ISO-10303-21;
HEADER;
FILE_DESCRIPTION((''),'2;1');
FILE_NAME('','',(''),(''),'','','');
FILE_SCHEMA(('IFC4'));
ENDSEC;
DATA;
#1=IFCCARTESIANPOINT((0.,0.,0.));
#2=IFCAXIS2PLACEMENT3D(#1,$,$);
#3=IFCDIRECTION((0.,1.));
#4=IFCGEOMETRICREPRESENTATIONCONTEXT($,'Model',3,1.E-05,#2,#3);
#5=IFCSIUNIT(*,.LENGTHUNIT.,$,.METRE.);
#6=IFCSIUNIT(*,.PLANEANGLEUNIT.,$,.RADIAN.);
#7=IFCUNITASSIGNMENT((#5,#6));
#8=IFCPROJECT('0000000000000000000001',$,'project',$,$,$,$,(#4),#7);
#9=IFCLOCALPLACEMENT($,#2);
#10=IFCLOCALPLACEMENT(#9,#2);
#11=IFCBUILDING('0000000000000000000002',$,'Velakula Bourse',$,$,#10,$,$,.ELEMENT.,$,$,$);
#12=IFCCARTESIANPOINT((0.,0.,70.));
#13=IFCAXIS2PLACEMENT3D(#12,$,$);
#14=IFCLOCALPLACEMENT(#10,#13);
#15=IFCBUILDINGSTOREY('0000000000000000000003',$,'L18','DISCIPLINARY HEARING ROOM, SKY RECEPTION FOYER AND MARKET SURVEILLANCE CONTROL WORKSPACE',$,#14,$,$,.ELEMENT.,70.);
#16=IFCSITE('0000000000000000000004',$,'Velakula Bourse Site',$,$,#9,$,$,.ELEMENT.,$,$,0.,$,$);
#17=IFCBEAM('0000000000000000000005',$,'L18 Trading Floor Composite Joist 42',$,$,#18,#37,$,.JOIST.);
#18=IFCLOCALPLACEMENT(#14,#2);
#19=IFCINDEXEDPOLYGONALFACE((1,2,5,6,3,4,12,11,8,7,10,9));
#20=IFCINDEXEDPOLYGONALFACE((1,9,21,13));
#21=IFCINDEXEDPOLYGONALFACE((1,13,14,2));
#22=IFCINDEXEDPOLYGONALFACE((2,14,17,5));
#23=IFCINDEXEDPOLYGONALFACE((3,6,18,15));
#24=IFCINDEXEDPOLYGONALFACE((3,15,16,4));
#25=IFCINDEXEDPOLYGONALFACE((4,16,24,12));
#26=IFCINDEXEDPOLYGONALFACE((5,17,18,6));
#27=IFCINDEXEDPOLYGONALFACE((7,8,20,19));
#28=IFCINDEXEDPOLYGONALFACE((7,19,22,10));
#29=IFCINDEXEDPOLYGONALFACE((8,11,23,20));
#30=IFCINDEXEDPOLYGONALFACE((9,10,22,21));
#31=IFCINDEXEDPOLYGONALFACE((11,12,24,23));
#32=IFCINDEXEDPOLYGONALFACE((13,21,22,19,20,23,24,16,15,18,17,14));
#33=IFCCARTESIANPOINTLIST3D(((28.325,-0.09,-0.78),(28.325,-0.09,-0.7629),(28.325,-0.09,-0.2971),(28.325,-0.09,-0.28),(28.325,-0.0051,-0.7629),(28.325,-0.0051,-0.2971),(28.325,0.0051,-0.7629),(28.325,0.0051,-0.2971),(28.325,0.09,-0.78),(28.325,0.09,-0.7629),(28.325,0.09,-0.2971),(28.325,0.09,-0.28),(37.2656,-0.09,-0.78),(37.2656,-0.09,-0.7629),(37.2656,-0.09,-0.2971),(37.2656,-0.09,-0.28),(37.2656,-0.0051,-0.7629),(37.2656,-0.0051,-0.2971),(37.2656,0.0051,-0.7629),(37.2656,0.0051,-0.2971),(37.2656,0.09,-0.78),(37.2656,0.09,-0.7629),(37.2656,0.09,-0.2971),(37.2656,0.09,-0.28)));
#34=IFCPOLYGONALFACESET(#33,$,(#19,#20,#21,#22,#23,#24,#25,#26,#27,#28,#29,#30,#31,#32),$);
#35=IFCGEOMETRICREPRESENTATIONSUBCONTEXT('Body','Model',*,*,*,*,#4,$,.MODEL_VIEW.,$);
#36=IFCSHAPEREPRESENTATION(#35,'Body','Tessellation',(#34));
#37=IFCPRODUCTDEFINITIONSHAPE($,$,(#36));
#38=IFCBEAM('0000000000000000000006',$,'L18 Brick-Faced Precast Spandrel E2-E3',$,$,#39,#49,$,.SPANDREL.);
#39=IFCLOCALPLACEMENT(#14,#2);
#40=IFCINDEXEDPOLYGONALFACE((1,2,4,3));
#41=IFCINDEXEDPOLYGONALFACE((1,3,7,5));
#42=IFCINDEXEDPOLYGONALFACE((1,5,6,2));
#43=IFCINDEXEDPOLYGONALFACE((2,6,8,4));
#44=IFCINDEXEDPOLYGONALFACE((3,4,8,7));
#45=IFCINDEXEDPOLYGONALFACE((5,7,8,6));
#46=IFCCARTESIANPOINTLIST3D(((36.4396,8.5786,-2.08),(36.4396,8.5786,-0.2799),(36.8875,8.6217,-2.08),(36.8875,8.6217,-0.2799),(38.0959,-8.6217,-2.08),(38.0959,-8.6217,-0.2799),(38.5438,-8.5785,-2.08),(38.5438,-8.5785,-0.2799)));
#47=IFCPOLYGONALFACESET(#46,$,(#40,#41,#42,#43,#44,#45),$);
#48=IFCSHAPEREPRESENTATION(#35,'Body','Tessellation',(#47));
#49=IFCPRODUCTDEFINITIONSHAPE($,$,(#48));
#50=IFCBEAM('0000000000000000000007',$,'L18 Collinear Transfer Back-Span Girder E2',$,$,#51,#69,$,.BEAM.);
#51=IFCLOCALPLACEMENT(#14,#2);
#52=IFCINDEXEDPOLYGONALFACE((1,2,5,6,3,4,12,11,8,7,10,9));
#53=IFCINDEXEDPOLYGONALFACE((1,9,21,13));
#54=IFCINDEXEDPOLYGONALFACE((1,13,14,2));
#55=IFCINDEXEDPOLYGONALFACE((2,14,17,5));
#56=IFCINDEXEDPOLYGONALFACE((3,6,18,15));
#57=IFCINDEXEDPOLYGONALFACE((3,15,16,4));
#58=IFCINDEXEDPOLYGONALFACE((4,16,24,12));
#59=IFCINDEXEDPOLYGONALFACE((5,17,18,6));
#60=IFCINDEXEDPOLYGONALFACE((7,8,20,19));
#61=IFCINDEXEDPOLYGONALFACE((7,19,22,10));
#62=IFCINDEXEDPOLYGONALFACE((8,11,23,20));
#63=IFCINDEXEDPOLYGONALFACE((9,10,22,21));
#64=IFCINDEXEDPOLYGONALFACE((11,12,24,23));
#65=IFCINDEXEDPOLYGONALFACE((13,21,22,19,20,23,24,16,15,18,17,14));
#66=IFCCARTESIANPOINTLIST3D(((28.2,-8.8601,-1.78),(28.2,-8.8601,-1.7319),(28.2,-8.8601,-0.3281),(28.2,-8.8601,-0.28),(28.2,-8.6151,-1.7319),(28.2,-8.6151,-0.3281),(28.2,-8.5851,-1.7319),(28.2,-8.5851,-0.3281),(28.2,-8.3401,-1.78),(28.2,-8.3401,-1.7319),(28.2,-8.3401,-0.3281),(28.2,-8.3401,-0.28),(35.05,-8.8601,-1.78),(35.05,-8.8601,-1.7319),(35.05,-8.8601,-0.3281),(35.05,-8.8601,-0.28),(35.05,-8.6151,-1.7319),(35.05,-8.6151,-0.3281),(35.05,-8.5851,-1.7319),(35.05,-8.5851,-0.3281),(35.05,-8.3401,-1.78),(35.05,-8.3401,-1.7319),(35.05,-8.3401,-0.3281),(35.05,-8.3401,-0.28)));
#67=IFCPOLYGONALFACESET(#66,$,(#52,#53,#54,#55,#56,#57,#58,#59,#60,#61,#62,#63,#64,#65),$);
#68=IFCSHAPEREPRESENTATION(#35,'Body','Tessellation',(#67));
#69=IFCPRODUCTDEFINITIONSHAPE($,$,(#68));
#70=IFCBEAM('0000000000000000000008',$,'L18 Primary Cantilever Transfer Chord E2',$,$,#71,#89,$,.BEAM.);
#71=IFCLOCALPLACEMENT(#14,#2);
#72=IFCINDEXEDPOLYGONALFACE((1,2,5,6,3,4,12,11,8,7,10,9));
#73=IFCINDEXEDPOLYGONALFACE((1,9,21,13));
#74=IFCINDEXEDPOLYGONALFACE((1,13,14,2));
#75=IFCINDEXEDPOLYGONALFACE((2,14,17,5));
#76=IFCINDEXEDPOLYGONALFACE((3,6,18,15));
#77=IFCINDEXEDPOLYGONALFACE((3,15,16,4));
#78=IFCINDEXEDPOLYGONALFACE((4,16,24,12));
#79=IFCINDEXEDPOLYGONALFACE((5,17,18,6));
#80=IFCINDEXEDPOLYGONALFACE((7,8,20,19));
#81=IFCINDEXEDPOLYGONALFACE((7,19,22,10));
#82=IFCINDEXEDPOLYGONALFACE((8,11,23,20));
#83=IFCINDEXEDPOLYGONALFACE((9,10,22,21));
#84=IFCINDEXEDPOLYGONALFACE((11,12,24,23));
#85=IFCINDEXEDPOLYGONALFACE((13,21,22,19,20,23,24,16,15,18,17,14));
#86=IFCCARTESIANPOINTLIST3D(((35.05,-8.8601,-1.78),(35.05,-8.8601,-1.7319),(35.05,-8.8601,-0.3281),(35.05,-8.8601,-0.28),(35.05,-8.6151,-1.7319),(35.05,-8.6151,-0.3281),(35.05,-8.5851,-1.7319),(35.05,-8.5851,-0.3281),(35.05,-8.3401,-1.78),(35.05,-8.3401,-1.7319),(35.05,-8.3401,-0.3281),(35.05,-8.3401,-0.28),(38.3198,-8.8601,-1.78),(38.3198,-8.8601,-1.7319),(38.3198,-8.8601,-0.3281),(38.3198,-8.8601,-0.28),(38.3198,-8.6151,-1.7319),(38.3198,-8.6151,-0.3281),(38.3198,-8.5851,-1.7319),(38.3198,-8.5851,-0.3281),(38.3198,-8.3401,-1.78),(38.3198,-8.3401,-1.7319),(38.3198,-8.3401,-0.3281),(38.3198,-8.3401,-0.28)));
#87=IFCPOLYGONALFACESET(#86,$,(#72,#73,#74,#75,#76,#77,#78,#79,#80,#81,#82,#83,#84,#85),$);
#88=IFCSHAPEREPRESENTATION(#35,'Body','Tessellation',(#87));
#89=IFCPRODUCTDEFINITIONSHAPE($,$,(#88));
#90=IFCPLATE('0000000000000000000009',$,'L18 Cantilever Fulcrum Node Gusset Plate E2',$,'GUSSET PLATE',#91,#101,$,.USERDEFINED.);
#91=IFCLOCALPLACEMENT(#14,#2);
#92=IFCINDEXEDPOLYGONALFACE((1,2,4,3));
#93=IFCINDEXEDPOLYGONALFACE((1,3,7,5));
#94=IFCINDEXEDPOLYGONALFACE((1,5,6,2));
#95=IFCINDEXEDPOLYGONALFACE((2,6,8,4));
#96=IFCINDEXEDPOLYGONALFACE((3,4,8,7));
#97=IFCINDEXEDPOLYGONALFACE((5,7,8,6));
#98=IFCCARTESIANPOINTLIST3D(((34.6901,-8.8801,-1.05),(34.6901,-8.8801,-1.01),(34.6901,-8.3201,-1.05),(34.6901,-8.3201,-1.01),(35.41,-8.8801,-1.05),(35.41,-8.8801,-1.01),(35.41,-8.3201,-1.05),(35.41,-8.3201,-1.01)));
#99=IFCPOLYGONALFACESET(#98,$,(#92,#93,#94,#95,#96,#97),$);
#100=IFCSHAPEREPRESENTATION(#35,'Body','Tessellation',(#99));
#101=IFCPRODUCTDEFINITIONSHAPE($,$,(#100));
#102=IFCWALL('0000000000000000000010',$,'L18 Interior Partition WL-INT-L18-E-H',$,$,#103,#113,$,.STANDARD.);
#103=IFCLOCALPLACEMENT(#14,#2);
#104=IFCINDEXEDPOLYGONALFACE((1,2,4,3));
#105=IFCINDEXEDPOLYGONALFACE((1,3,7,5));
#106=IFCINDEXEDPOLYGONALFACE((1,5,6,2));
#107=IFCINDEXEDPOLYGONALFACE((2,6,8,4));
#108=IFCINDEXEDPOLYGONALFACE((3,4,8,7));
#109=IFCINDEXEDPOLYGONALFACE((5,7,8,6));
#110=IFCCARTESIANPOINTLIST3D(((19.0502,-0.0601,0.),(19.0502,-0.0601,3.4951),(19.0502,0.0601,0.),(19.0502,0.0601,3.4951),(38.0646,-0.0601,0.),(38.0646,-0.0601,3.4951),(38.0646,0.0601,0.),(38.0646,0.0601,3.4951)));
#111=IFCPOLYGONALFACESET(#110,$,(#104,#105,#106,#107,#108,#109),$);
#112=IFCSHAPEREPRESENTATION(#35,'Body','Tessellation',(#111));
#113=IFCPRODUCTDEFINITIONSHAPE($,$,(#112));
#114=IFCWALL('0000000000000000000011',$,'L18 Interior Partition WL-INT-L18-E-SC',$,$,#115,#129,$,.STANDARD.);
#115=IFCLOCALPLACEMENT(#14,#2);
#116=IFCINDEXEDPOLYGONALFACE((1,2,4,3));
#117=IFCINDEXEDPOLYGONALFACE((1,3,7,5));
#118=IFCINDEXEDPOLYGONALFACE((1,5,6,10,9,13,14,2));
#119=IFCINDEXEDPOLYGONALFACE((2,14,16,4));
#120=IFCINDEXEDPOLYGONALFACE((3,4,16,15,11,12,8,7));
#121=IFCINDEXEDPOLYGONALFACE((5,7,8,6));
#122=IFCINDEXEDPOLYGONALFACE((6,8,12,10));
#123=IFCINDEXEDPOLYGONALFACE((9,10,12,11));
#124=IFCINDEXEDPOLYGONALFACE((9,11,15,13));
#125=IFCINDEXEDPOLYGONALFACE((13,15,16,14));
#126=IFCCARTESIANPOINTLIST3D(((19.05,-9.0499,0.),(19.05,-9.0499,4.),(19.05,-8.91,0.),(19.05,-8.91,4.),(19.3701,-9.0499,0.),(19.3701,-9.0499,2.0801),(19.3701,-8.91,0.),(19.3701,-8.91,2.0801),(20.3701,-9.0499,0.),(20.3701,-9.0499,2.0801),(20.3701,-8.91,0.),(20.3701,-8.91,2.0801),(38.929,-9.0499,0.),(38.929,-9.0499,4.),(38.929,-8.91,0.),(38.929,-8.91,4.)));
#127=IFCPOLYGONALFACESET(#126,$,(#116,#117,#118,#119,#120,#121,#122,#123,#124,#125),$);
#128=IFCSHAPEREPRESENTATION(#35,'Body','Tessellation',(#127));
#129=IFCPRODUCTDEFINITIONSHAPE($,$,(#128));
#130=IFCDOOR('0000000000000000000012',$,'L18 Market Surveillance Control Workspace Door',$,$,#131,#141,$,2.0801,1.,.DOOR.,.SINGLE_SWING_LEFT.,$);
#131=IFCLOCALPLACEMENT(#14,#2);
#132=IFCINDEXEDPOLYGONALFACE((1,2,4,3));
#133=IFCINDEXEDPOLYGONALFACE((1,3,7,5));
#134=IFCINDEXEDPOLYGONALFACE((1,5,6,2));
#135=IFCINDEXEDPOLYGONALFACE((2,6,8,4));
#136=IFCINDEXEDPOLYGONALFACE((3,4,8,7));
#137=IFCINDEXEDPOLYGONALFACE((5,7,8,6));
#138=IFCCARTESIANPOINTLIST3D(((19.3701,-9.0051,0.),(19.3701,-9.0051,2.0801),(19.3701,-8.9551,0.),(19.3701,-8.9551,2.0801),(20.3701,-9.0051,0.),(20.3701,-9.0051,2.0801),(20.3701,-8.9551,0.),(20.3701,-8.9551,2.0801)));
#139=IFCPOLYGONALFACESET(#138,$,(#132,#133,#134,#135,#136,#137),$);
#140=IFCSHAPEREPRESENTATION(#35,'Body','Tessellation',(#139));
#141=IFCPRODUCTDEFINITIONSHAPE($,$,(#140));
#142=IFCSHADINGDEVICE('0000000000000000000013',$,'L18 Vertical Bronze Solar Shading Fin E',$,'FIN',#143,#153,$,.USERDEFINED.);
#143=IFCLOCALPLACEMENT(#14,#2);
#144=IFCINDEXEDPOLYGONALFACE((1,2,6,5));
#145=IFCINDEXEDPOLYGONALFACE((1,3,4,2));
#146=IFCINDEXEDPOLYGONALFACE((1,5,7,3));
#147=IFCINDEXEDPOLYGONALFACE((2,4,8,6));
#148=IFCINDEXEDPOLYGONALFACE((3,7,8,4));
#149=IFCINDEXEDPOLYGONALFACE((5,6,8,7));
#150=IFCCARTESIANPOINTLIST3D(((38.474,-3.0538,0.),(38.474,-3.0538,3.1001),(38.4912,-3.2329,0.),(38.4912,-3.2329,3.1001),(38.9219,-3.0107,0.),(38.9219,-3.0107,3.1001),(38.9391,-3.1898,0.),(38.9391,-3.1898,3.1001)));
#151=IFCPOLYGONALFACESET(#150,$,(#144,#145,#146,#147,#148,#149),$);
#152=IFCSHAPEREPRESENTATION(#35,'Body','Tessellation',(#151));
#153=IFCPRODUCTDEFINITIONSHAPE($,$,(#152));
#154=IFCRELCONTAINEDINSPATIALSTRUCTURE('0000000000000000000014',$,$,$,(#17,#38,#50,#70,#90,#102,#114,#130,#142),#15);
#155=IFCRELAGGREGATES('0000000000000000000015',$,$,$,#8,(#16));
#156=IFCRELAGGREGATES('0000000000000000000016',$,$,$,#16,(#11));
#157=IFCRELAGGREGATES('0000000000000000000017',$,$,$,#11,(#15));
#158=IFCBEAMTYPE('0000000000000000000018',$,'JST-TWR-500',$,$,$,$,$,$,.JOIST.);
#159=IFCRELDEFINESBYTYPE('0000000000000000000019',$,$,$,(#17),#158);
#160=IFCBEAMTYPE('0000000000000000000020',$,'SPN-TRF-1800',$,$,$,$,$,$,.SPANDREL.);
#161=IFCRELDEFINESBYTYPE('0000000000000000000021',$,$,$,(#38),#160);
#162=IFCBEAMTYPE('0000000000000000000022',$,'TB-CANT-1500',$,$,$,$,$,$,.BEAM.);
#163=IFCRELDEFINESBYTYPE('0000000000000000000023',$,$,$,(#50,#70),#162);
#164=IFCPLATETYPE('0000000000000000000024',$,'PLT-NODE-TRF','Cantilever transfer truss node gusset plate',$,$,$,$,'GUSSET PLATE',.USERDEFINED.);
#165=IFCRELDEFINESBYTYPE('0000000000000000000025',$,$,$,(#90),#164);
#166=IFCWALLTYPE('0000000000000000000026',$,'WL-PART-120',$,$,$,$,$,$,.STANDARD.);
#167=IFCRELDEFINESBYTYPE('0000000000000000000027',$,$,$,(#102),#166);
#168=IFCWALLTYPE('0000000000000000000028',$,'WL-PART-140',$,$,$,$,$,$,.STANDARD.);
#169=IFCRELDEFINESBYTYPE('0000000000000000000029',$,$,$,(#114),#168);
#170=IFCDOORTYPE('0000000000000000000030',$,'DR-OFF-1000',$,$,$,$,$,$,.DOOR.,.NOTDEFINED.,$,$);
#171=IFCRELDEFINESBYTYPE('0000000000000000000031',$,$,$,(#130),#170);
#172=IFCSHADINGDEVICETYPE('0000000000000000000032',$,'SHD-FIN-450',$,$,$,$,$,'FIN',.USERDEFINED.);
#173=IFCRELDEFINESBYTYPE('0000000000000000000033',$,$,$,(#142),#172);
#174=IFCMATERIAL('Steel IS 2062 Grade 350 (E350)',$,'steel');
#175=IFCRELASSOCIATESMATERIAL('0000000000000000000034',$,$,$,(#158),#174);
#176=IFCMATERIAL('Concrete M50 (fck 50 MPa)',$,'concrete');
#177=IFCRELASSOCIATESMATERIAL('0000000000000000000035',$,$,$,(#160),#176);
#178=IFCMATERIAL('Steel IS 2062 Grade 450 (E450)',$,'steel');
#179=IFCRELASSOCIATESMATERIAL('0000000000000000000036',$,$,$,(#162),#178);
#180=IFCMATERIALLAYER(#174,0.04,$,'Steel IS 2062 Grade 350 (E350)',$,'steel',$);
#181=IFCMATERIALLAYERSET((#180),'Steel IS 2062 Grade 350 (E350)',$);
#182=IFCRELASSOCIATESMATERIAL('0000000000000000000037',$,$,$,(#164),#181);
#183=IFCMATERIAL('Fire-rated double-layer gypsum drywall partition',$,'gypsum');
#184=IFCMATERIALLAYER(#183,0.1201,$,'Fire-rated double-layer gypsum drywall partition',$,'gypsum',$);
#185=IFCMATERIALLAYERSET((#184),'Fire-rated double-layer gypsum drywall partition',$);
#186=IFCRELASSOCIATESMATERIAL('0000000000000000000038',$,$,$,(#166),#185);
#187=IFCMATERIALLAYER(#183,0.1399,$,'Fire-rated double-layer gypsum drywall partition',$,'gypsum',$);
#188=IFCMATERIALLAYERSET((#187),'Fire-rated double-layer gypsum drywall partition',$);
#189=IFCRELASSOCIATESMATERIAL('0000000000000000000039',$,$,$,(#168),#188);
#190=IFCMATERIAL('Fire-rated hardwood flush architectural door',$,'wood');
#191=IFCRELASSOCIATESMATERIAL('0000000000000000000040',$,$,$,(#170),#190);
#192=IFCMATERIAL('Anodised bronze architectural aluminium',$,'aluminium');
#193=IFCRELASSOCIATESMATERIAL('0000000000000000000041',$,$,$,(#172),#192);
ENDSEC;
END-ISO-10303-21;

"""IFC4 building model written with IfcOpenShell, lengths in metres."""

from ifc_helpers import new_model, si_unit, direction, frame, frame_2d, origin, origin_2d, place, context, subcontext, project, spatial, rectangle, i_section, extrude, material, layer, layer_set, material_profile, profile_set, type_object, element, fill, save


model = new_model("IFC4")

# Units and contexts
model_context = context("Model", 3, precision=1e-05, world=origin(), true_north=direction((0.0, 1.0)))
body_context = subcontext(model_context, "Body", "Model", "MODEL_VIEW")
ifc_project = project(units=[si_unit("LENGTHUNIT", "METRE"), si_unit("PLANEANGLEUNIT", "RADIAN")], contexts=[model_context])

# Site, building, storey
site_placement = place(None, origin())
site = spatial("IfcSite", under=ifc_project, at=site_placement, Name="Velakula Bourse Site", CompositionType="ELEMENT", RefElevation=0.0)
building_placement = place(site_placement, origin())
building = spatial("IfcBuilding", under=site, at=building_placement, Name="Velakula Bourse", CompositionType="ELEMENT")
storey_placement = place(building_placement, frame((0.0, 0.0, 70.0)))
storey = spatial("IfcBuildingStorey", under=building, at=storey_placement, Name="L18", Description="DISCIPLINARY HEARING ROOM, SKY RECEPTION FOYER AND MARKET SURVEILLANCE CONTROL WORKSPACE", CompositionType="ELEMENT", Elevation=70.0)

# Shared definitions
ifc_material_1 = material(Name="Steel IS 2062 Grade 450 (E450)", Category="steel")

# Beams
ifc_material_2 = material(Name="Steel IS 2062 Grade 350 (E350)", Category="steel")
ifc_material_profile_1 = material_profile(ifc_material_2, i_section(OverallWidth=0.1799, OverallDepth=0.5, WebThickness=0.0103, FlangeThickness=0.0171, at=origin_2d()), Name="Steel IS 2062 Grade 350 (E350)")
ifc_profile_set_1 = profile_set([ifc_material_profile_1], Name="Steel IS 2062 Grade 350 (E350)")
beam_type_1 = type_object("IfcBeamType", Name="JST-TWR-500", PredefinedType="JOIST", material=ifc_profile_set_1)
beam_1_placement = place(storey_placement, frame((28.325, 0.0, -0.53), z_axis=(1.0, 0.0, 0.0), x_axis=(0.0, 1.0, 0.0)))
element("IfcBeam", 1, at=beam_1_placement, inside=storey, type_object=beam_type_1, Name="L18 Trading Floor Composite Joist 42", PredefinedType="JOIST", context=body_context, shape_type="SweptSolid", body=[
    extrude(i_section(OverallWidth=0.1799, OverallDepth=0.5, WebThickness=0.0103, FlangeThickness=0.0171, at=origin_2d()), origin(), (0.0, 0.0, 1.0), 8.9407),
])
ifc_material_3 = material(Name="Concrete M50 (fck 50 MPa)", Category="concrete")
ifc_material_profile_2 = material_profile(ifc_material_3, rectangle(XDim=0.45, YDim=1.8, at=origin_2d()), Name="Concrete M50 (fck 50 MPa)")
ifc_profile_set_2 = profile_set([ifc_material_profile_2], Name="Concrete M50 (fck 50 MPa)")
beam_type_2 = type_object("IfcBeamType", Name="SPN-TRF-1800", PredefinedType="SPANDREL", material=ifc_profile_set_2)
beam_2_placement = place(storey_placement, frame((38.3198, -8.6001, -1.1799), z_axis=(-0.095849, 0.995396, 0.0), x_axis=(-0.995396, -0.095849, 0.0)))
element("IfcBeam", 2, at=beam_2_placement, inside=storey, type_object=beam_type_2, Name="L18 Brick-Faced Precast Spandrel E2-E3", PredefinedType="SPANDREL", context=body_context, shape_type="SweptSolid", body=[
    extrude(rectangle(XDim=0.45, YDim=1.8, at=origin_2d()), origin(), (0.0, 0.0, 1.0), 17.2798),
])
ifc_material_profile_3 = material_profile(ifc_material_1, i_section(OverallWidth=0.52, OverallDepth=1.5, WebThickness=0.03, FlangeThickness=0.0481, at=origin_2d()), Name="Steel IS 2062 Grade 450 (E450)")
ifc_profile_set_3 = profile_set([ifc_material_profile_3], Name="Steel IS 2062 Grade 450 (E450)")
beam_type_3 = type_object("IfcBeamType", Name="TB-CANT-1500", PredefinedType="BEAM", material=ifc_profile_set_3)
beam_3_placement = place(storey_placement, frame((28.2, -8.6001, -1.03), z_axis=(1.0, 0.0, 0.0), x_axis=(0.0, 1.0, 0.0)))
element("IfcBeam", 3, at=beam_3_placement, inside=storey, type_object=beam_type_3, Name="L18 Collinear Transfer Back-Span Girder E2", PredefinedType="BEAM", context=body_context, shape_type="SweptSolid", body=[
    extrude(i_section(OverallWidth=0.52, OverallDepth=1.5, WebThickness=0.03, FlangeThickness=0.0481, at=origin_2d()), origin(), (0.0, 0.0, 1.0), 6.8501),
])
beam_4_placement = place(storey_placement, frame((35.05, -8.6001, -1.03), z_axis=(1.0, 0.0, 0.0), x_axis=(0.0, 1.0, 0.0)))
element("IfcBeam", 4, at=beam_4_placement, inside=storey, type_object=beam_type_3, Name="L18 Primary Cantilever Transfer Chord E2", PredefinedType="BEAM", context=body_context, shape_type="SweptSolid", body=[
    extrude(i_section(OverallWidth=0.52, OverallDepth=1.5, WebThickness=0.03, FlangeThickness=0.0481, at=origin_2d()), origin(), (0.0, 0.0, 1.0), 3.2698),
])

# Plate
ifc_layer_1 = layer(ifc_material_2, 0.04, Name="Steel IS 2062 Grade 350 (E350)", Category="steel")
ifc_layer_set_1 = layer_set([ifc_layer_1], Name="Steel IS 2062 Grade 350 (E350)")
plate_type = type_object("IfcPlateType", Name="PLT-NODE-TRF", Description="Cantilever transfer truss node gusset plate", ElementType="GUSSET PLATE", PredefinedType="USERDEFINED", material=ifc_layer_set_1)
plate_placement = place(storey_placement, frame((35.05, -8.6001, -1.05), z_axis=(0.0, 0.0, 1.0), x_axis=(1.0, 0.0, 0.0)))
element("IfcPlate", 5, at=plate_placement, inside=storey, type_object=plate_type, Name="L18 Cantilever Fulcrum Node Gusset Plate E2", ObjectType="GUSSET PLATE", PredefinedType="USERDEFINED", context=body_context, shape_type="SweptSolid", body=[
    extrude(rectangle(XDim=0.72, YDim=0.5601, at=origin_2d()), origin(), (0.0, 0.0, 1.0), 0.04),
])

# Wall
ifc_material_4 = material(Name="Fire-rated double-layer gypsum drywall partition", Category="gypsum")
ifc_layer_2 = layer(ifc_material_4, 0.1201, Name="Fire-rated double-layer gypsum drywall partition", Category="gypsum")
ifc_layer_set_2 = layer_set([ifc_layer_2], Name="Fire-rated double-layer gypsum drywall partition")
wall_type_1 = type_object("IfcWallType", Name="WL-PART-120", PredefinedType="STANDARD", material=ifc_layer_set_2)
wall_1_placement = place(storey_placement, frame((19.05, 0.0, 0.0), z_axis=(0.0, 0.0, 1.0), x_axis=(1.0, 0.0, 0.0)))
element("IfcWall", 6, at=wall_1_placement, inside=storey, type_object=wall_type_1, Name="L18 Interior Partition WL-INT-L18-E-H", PredefinedType="STANDARD", context=body_context, shape_type="SweptSolid", body=[
    extrude(rectangle(XDim=19.0144, YDim=0.1201, at=frame_2d((9.5073, 0.0))), origin(), (0.0, 0.0, 1.0), 3.4951),
])

# Wall, opening, door
ifc_layer_3 = layer(ifc_material_4, 0.1399, Name="Fire-rated double-layer gypsum drywall partition", Category="gypsum")
ifc_layer_set_3 = layer_set([ifc_layer_3], Name="Fire-rated double-layer gypsum drywall partition")
wall_type_2 = type_object("IfcWallType", Name="WL-PART-140", PredefinedType="STANDARD", material=ifc_layer_set_3)
wall_2_placement = place(storey_placement, frame((19.05, -8.98, 0.0), z_axis=(0.0, 0.0, 1.0), x_axis=(1.0, 0.0, 0.0)))
wall_2 = element("IfcWall", 7, at=wall_2_placement, inside=storey, type_object=wall_type_2, Name="L18 Interior Partition WL-INT-L18-E-SC", PredefinedType="STANDARD", context=body_context, shape_type="SweptSolid", body=[
    extrude(rectangle(XDim=19.8789, YDim=0.1399, at=frame_2d((9.9395, 0.0))), origin(), (0.0, 0.0, 1.0), 4.0),
])
opening_placement = place(wall_2_placement, frame((0.3201, 0.0, 0.0)))
opening = element("IfcOpeningElement", 8, at=opening_placement, cuts=wall_2, PredefinedType="OPENING", context=body_context, shape_type="SweptSolid", body=[
    extrude(rectangle(XDim=1.0, YDim=2.0801, at=frame_2d((0.5, 1.04))), frame((0.0, 0.0798, 0.0), z_axis=(0.0, -1.0, 0.0), x_axis=(1.0, 0.0, 0.0)), (0.0, 0.0, 1.0), 0.1599),
])
ifc_material_5 = material(Name="Fire-rated hardwood flush architectural door", Category="wood")
door_type = type_object("IfcDoorType", Name="DR-OFF-1000", OperationType="NOTDEFINED", PredefinedType="DOOR", material=ifc_material_5)
door_placement = place(opening_placement, origin())
door = element("IfcDoor", 9, at=door_placement, inside=storey, type_object=door_type, Name="L18 Market Surveillance Control Workspace Door", OperationType="SINGLE_SWING_LEFT", OverallHeight=2.0801, OverallWidth=1.0, PredefinedType="DOOR", context=body_context, shape_type="SweptSolid", body=[
    extrude(rectangle(XDim=1.0, YDim=2.0801, at=frame_2d((0.5, 1.04))), frame((0.0, 0.0249, 0.0), z_axis=(0.0, -1.0, 0.0), x_axis=(1.0, 0.0, 0.0)), (0.0, 0.0, 1.0), 0.05),
])
fill(opening, door)

# Shading device
ifc_material_6 = material(Name="Anodised bronze architectural aluminium", Category="aluminium")
shading_device_type = type_object("IfcShadingDeviceType", Name="SHD-FIN-450", ElementType="FIN", PredefinedType="USERDEFINED", material=ifc_material_6)
shading_device_placement = place(storey_placement, frame((38.7065, -3.1218, 0.0), z_axis=(0.0, 0.0, 1.0), x_axis=(0.995396, 0.095846, 0.0)))
element("IfcShadingDevice", 10, at=shading_device_placement, inside=storey, type_object=shading_device_type, Name="L18 Vertical Bronze Solar Shading Fin E", ObjectType="FIN", PredefinedType="USERDEFINED", context=body_context, shape_type="SweptSolid", body=[
    extrude(rectangle(XDim=0.45, YDim=0.1799, at=origin_2d()), origin(), (0.0, 0.0, 1.0), 3.1001),
])

save(model, "model.ifc")
